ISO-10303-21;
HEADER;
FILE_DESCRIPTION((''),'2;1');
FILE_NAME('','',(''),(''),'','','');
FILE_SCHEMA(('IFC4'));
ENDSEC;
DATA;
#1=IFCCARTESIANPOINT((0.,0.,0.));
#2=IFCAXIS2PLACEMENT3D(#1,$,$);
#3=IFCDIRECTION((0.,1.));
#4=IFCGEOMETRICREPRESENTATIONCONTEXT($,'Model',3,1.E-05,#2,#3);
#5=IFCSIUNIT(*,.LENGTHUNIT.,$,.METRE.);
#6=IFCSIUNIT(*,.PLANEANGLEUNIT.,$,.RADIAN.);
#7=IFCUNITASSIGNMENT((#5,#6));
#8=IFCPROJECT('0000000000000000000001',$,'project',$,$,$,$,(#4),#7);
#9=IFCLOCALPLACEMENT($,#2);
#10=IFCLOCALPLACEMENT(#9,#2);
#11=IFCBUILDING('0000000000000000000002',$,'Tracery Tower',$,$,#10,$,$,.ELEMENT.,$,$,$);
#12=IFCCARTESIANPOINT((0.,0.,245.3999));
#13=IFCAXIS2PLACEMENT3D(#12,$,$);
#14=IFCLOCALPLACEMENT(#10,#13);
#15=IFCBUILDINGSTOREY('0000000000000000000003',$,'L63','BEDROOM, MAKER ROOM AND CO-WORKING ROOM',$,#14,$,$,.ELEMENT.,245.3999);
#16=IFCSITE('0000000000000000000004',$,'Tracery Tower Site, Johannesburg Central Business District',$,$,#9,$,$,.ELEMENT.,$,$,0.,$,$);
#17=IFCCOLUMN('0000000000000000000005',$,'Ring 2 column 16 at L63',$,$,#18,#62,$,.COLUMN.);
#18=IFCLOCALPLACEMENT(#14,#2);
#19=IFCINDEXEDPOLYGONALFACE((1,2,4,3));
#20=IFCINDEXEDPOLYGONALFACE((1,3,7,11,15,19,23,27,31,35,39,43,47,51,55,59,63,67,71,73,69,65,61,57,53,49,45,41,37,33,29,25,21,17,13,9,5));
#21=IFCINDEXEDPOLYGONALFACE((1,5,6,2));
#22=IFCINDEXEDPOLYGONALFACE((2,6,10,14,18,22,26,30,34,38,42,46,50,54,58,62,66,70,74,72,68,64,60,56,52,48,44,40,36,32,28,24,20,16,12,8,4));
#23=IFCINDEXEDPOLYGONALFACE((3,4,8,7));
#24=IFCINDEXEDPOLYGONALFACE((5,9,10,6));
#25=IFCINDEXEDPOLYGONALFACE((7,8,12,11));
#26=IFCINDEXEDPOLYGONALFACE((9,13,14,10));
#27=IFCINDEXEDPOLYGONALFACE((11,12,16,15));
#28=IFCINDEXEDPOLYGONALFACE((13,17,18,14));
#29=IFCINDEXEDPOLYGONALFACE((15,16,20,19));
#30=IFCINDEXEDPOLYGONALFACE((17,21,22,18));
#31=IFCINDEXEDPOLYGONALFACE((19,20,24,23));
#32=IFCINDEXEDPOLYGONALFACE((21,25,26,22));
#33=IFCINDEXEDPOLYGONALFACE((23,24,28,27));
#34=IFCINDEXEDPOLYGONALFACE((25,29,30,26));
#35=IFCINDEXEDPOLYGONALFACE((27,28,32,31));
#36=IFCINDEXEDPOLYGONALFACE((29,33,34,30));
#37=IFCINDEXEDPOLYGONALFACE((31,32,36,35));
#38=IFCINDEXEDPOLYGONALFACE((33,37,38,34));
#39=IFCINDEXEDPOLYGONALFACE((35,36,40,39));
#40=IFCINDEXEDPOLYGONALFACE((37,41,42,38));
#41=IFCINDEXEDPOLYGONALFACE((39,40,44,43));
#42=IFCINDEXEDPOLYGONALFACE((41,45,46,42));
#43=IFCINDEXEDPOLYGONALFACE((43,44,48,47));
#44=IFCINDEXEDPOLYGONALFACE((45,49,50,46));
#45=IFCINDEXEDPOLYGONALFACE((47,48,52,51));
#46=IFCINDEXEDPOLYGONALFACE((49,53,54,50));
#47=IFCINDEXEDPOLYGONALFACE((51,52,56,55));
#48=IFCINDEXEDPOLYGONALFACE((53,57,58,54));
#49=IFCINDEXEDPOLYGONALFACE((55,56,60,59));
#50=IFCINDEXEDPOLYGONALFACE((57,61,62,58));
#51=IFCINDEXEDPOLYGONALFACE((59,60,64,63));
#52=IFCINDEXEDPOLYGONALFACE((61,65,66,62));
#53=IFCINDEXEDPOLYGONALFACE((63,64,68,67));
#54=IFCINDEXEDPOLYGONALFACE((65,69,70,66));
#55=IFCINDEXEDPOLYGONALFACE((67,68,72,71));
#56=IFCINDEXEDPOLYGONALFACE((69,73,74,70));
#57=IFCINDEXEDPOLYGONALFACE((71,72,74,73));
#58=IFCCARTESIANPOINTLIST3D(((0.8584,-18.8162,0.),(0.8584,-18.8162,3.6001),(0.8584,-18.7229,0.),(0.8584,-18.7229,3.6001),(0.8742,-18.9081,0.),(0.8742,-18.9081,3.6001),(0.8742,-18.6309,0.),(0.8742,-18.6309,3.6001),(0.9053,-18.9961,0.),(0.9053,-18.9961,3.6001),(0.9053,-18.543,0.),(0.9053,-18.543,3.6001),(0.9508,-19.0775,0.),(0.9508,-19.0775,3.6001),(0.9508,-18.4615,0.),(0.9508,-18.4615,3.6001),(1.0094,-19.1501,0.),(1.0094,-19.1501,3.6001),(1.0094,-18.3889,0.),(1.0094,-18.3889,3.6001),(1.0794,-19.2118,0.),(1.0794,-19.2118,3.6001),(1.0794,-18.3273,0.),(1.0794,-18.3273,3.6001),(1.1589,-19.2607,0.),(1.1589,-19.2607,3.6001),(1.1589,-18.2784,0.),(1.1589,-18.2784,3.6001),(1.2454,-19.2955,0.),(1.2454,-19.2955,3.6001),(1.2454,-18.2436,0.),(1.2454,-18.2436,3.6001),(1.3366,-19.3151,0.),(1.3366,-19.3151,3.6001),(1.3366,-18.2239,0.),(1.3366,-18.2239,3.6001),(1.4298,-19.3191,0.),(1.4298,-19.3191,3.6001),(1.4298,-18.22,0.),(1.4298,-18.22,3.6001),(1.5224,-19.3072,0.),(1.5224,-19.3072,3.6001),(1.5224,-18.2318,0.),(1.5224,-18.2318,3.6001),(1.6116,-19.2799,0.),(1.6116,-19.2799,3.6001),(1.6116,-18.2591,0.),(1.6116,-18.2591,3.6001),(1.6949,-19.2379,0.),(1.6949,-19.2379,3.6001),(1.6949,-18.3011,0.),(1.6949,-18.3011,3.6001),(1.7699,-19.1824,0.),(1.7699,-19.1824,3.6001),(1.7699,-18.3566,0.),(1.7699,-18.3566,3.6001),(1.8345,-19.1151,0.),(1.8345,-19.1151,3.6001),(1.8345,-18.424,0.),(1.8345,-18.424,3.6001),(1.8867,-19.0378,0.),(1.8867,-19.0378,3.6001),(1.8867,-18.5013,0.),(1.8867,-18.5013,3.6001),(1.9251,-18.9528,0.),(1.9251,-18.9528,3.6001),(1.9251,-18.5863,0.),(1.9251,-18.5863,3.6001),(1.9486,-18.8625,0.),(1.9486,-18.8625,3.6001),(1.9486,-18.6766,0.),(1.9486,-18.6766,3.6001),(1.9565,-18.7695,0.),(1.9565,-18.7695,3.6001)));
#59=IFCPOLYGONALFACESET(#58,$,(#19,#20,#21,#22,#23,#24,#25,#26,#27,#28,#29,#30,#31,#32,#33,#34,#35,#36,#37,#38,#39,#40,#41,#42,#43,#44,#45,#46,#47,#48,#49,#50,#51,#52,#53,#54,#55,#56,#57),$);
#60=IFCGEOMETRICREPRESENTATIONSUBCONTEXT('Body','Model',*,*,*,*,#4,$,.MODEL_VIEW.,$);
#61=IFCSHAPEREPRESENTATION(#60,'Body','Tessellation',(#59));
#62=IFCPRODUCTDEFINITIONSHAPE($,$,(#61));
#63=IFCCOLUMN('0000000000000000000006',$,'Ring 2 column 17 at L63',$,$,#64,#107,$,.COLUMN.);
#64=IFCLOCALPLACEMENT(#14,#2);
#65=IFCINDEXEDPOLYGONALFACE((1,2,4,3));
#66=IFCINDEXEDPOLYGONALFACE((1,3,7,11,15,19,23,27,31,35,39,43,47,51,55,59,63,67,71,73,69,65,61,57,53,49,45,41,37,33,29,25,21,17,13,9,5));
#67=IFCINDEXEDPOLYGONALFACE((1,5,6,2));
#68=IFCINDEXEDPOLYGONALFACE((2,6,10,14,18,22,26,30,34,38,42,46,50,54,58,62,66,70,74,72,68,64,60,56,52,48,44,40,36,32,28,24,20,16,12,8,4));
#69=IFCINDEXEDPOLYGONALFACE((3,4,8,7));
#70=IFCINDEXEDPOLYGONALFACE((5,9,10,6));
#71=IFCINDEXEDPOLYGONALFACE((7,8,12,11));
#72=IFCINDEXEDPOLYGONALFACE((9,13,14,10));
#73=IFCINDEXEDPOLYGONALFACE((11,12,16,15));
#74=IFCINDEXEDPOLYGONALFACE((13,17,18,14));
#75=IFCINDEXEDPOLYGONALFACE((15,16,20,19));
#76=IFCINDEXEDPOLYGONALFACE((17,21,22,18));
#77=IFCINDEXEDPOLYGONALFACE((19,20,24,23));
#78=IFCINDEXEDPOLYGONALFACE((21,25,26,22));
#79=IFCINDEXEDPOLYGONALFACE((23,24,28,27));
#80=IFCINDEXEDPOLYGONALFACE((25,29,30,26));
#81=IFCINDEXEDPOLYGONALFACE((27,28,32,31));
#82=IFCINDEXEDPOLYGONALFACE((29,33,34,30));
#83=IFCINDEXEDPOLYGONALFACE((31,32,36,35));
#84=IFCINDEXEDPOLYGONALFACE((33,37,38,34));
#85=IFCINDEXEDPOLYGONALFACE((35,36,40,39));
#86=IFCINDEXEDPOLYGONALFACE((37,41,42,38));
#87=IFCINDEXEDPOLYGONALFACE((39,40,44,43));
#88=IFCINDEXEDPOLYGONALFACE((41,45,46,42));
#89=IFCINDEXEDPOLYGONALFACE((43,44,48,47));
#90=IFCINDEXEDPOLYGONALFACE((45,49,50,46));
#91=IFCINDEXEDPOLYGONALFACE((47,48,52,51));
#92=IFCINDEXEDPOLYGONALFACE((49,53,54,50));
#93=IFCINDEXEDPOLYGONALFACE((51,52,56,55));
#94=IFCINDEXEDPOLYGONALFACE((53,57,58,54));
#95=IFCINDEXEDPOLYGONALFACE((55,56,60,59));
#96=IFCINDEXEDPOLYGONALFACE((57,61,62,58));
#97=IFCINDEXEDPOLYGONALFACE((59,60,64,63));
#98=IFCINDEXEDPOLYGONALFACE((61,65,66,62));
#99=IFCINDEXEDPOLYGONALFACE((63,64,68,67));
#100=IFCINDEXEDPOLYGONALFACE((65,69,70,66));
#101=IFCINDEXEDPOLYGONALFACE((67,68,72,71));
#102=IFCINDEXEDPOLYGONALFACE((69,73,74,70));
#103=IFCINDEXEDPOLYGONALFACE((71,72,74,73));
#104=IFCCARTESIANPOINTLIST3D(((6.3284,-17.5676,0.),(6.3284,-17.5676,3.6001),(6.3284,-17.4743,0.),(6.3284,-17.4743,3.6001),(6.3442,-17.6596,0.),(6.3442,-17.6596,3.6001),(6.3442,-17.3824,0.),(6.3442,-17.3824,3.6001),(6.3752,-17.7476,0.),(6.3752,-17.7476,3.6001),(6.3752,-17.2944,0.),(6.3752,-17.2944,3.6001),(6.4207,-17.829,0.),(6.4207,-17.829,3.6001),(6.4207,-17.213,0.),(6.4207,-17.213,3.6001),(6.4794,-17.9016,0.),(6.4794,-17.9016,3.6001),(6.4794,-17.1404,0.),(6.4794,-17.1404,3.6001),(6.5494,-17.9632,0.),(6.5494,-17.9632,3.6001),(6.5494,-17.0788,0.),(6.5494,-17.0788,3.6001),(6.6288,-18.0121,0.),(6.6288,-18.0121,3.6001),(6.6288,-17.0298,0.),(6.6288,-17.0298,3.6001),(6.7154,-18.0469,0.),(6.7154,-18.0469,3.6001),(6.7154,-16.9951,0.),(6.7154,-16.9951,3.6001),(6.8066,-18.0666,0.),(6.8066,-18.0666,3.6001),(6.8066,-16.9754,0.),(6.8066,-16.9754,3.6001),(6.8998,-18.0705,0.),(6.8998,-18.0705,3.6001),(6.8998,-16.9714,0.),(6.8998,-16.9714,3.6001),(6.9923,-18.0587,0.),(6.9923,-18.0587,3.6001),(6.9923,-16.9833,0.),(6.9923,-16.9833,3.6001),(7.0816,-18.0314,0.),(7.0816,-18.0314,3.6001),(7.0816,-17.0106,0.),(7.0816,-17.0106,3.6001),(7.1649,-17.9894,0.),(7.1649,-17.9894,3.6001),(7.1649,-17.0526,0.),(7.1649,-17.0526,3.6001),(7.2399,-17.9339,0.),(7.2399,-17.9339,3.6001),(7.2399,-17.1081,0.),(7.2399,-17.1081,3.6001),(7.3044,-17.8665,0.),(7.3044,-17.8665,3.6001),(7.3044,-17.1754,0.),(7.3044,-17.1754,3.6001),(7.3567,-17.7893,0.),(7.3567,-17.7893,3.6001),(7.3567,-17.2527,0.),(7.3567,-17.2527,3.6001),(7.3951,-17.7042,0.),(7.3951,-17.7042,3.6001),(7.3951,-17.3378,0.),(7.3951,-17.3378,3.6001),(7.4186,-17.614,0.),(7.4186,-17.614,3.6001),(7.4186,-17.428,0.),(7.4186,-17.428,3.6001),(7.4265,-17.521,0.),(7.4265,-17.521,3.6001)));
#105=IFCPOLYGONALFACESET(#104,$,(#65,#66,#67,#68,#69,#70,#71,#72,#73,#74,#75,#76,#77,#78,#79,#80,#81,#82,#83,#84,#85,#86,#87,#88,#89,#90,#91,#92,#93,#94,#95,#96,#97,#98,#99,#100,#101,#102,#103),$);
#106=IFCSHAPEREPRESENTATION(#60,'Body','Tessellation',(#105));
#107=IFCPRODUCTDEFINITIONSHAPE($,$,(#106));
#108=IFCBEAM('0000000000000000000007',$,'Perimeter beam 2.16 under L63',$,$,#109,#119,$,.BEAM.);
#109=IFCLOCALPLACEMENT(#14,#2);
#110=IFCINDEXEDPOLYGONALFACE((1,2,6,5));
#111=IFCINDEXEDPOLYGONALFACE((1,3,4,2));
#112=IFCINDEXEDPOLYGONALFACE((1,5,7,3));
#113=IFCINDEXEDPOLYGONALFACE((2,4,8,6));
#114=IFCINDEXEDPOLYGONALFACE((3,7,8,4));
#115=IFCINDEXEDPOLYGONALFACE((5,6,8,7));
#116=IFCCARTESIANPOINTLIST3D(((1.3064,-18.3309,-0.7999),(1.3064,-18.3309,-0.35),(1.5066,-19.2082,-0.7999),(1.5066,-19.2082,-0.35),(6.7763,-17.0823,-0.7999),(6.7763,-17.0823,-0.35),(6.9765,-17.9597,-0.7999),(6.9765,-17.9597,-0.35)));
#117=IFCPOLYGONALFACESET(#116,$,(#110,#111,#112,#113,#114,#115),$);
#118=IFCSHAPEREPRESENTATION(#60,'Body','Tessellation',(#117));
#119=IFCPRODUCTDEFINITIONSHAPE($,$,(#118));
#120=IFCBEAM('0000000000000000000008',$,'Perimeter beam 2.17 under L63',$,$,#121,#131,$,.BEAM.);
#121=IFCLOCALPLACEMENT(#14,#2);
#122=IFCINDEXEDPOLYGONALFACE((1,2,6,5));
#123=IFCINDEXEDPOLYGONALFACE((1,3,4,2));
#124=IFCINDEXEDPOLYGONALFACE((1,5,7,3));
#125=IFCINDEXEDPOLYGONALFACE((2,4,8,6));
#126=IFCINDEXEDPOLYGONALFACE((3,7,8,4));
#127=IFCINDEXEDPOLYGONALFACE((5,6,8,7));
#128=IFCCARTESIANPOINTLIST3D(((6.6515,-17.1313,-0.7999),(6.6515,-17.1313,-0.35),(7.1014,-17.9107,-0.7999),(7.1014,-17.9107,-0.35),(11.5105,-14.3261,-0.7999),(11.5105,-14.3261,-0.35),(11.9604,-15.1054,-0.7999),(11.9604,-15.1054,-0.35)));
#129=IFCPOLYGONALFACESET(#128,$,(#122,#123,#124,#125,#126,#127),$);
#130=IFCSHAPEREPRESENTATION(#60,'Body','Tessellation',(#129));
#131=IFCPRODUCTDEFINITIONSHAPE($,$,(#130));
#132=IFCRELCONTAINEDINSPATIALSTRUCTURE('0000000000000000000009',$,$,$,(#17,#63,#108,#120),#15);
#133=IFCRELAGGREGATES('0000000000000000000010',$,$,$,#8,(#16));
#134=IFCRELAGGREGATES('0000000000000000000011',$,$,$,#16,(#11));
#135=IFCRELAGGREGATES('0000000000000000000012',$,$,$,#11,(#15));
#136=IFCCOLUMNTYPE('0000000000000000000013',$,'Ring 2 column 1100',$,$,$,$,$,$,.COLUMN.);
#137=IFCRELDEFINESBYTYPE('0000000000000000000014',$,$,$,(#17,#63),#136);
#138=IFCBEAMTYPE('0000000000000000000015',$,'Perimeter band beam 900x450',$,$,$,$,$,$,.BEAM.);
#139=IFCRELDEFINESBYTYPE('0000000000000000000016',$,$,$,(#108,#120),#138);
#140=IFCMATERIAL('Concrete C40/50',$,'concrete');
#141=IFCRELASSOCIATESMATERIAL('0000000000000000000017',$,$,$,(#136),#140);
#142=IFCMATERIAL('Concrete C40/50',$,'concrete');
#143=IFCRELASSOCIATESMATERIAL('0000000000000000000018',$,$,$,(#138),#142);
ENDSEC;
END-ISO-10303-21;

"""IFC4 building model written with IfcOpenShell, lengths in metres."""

from ifc_helpers import new_model, si_unit, direction, frame, origin, origin_2d, place, context, subcontext, project, spatial, rectangle, circle, extrude, material, material_profile, profile_set, type_object, element, save


model = new_model("IFC4")

# Units and contexts
model_context = context("Model", 3, precision=1e-05, world=origin(), true_north=direction((0.0, 1.0)))
body_context = subcontext(model_context, "Body", "Model", "MODEL_VIEW")
ifc_project = project(units=[si_unit("LENGTHUNIT", "METRE"), si_unit("PLANEANGLEUNIT", "RADIAN")], contexts=[model_context])

# Site, building, storey
site_placement = place(None, origin())
site = spatial("IfcSite", under=ifc_project, at=site_placement, Name="Tracery Tower Site, Johannesburg Central Business District", CompositionType="ELEMENT", RefElevation=0.0)
building_placement = place(site_placement, origin())
building = spatial("IfcBuilding", under=site, at=building_placement, Name="Tracery Tower", CompositionType="ELEMENT")
storey_placement = place(building_placement, frame((0.0, 0.0, 245.3999)))
storey = spatial("IfcBuildingStorey", under=building, at=storey_placement, Name="L63", Description="BEDROOM, MAKER ROOM AND CO-WORKING ROOM", CompositionType="ELEMENT", Elevation=245.3999)

# Columns
ifc_material_1 = material(Name="Concrete C40/50", Category="concrete")
ifc_material_profile_1 = material_profile(ifc_material_1, circle(Radius=0.55, at=origin_2d()), Name="RC D1100")
ifc_profile_set_1 = profile_set([ifc_material_profile_1], Name="Concrete C40/50")
column_type = type_object("IfcColumnType", Name="Ring 2 column 1100", PredefinedType="COLUMN", material=ifc_profile_set_1)
for number, where, z_axis, x_axis, name in (
    (1, (1.4065, -18.7695, 0.0), (0.0, 0.0, 1.0), (1.0, 0.0, 0.0), "Ring 2 column 16 at L63"),
    (2, (6.8765, -17.521, 0.0), (0.0, 0.0, 1.0), (1.0, 0.0, 0.0), "Ring 2 column 17 at L63"),
):
    element("IfcColumn", number, at=place(storey_placement, frame(where, z_axis=z_axis, x_axis=x_axis)), inside=storey, type_object=column_type, Name=name, PredefinedType="COLUMN", context=body_context, shape_type="SweptSolid", body=[
        extrude(circle(Radius=0.55, at=origin_2d()), origin(), (0.0, 0.0, 1.0), 3.6001),
    ])

# Beams
ifc_material_2 = material(Name="Concrete C40/50", Category="concrete")
ifc_material_profile_2 = material_profile(ifc_material_2, rectangle(XDim=0.8999, YDim=0.45, at=origin_2d()), Name="RC 900x450")
ifc_profile_set_2 = profile_set([ifc_material_profile_2], Name="Concrete C40/50")
beam_type = type_object("IfcBeamType", Name="Perimeter band beam 900x450", PredefinedType="BEAM", material=ifc_profile_set_2)
for number, where, z_axis, x_axis, name in (
    (3, (1.4065, -18.7695, -0.575), (0.974926, 0.222529, 0.0), (-0.222529, 0.974926, 0.0), "Perimeter beam 2.16 under L63"),
    (4, (6.8765, -17.521, -0.575), (0.866033, 0.499986, 0.0), (-0.499986, 0.866033, 0.0), "Perimeter beam 2.17 under L63"),
):
    element("IfcBeam", number, at=place(storey_placement, frame(where, z_axis=z_axis, x_axis=x_axis)), inside=storey, type_object=beam_type, Name=name, PredefinedType="BEAM", context=body_context, shape_type="SweptSolid", body=[
        extrude(rectangle(XDim=0.8999, YDim=0.45, at=origin_2d()), origin(), (0.0, 0.0, 1.0), 5.6106),
    ])

save(model, "model.ifc")
